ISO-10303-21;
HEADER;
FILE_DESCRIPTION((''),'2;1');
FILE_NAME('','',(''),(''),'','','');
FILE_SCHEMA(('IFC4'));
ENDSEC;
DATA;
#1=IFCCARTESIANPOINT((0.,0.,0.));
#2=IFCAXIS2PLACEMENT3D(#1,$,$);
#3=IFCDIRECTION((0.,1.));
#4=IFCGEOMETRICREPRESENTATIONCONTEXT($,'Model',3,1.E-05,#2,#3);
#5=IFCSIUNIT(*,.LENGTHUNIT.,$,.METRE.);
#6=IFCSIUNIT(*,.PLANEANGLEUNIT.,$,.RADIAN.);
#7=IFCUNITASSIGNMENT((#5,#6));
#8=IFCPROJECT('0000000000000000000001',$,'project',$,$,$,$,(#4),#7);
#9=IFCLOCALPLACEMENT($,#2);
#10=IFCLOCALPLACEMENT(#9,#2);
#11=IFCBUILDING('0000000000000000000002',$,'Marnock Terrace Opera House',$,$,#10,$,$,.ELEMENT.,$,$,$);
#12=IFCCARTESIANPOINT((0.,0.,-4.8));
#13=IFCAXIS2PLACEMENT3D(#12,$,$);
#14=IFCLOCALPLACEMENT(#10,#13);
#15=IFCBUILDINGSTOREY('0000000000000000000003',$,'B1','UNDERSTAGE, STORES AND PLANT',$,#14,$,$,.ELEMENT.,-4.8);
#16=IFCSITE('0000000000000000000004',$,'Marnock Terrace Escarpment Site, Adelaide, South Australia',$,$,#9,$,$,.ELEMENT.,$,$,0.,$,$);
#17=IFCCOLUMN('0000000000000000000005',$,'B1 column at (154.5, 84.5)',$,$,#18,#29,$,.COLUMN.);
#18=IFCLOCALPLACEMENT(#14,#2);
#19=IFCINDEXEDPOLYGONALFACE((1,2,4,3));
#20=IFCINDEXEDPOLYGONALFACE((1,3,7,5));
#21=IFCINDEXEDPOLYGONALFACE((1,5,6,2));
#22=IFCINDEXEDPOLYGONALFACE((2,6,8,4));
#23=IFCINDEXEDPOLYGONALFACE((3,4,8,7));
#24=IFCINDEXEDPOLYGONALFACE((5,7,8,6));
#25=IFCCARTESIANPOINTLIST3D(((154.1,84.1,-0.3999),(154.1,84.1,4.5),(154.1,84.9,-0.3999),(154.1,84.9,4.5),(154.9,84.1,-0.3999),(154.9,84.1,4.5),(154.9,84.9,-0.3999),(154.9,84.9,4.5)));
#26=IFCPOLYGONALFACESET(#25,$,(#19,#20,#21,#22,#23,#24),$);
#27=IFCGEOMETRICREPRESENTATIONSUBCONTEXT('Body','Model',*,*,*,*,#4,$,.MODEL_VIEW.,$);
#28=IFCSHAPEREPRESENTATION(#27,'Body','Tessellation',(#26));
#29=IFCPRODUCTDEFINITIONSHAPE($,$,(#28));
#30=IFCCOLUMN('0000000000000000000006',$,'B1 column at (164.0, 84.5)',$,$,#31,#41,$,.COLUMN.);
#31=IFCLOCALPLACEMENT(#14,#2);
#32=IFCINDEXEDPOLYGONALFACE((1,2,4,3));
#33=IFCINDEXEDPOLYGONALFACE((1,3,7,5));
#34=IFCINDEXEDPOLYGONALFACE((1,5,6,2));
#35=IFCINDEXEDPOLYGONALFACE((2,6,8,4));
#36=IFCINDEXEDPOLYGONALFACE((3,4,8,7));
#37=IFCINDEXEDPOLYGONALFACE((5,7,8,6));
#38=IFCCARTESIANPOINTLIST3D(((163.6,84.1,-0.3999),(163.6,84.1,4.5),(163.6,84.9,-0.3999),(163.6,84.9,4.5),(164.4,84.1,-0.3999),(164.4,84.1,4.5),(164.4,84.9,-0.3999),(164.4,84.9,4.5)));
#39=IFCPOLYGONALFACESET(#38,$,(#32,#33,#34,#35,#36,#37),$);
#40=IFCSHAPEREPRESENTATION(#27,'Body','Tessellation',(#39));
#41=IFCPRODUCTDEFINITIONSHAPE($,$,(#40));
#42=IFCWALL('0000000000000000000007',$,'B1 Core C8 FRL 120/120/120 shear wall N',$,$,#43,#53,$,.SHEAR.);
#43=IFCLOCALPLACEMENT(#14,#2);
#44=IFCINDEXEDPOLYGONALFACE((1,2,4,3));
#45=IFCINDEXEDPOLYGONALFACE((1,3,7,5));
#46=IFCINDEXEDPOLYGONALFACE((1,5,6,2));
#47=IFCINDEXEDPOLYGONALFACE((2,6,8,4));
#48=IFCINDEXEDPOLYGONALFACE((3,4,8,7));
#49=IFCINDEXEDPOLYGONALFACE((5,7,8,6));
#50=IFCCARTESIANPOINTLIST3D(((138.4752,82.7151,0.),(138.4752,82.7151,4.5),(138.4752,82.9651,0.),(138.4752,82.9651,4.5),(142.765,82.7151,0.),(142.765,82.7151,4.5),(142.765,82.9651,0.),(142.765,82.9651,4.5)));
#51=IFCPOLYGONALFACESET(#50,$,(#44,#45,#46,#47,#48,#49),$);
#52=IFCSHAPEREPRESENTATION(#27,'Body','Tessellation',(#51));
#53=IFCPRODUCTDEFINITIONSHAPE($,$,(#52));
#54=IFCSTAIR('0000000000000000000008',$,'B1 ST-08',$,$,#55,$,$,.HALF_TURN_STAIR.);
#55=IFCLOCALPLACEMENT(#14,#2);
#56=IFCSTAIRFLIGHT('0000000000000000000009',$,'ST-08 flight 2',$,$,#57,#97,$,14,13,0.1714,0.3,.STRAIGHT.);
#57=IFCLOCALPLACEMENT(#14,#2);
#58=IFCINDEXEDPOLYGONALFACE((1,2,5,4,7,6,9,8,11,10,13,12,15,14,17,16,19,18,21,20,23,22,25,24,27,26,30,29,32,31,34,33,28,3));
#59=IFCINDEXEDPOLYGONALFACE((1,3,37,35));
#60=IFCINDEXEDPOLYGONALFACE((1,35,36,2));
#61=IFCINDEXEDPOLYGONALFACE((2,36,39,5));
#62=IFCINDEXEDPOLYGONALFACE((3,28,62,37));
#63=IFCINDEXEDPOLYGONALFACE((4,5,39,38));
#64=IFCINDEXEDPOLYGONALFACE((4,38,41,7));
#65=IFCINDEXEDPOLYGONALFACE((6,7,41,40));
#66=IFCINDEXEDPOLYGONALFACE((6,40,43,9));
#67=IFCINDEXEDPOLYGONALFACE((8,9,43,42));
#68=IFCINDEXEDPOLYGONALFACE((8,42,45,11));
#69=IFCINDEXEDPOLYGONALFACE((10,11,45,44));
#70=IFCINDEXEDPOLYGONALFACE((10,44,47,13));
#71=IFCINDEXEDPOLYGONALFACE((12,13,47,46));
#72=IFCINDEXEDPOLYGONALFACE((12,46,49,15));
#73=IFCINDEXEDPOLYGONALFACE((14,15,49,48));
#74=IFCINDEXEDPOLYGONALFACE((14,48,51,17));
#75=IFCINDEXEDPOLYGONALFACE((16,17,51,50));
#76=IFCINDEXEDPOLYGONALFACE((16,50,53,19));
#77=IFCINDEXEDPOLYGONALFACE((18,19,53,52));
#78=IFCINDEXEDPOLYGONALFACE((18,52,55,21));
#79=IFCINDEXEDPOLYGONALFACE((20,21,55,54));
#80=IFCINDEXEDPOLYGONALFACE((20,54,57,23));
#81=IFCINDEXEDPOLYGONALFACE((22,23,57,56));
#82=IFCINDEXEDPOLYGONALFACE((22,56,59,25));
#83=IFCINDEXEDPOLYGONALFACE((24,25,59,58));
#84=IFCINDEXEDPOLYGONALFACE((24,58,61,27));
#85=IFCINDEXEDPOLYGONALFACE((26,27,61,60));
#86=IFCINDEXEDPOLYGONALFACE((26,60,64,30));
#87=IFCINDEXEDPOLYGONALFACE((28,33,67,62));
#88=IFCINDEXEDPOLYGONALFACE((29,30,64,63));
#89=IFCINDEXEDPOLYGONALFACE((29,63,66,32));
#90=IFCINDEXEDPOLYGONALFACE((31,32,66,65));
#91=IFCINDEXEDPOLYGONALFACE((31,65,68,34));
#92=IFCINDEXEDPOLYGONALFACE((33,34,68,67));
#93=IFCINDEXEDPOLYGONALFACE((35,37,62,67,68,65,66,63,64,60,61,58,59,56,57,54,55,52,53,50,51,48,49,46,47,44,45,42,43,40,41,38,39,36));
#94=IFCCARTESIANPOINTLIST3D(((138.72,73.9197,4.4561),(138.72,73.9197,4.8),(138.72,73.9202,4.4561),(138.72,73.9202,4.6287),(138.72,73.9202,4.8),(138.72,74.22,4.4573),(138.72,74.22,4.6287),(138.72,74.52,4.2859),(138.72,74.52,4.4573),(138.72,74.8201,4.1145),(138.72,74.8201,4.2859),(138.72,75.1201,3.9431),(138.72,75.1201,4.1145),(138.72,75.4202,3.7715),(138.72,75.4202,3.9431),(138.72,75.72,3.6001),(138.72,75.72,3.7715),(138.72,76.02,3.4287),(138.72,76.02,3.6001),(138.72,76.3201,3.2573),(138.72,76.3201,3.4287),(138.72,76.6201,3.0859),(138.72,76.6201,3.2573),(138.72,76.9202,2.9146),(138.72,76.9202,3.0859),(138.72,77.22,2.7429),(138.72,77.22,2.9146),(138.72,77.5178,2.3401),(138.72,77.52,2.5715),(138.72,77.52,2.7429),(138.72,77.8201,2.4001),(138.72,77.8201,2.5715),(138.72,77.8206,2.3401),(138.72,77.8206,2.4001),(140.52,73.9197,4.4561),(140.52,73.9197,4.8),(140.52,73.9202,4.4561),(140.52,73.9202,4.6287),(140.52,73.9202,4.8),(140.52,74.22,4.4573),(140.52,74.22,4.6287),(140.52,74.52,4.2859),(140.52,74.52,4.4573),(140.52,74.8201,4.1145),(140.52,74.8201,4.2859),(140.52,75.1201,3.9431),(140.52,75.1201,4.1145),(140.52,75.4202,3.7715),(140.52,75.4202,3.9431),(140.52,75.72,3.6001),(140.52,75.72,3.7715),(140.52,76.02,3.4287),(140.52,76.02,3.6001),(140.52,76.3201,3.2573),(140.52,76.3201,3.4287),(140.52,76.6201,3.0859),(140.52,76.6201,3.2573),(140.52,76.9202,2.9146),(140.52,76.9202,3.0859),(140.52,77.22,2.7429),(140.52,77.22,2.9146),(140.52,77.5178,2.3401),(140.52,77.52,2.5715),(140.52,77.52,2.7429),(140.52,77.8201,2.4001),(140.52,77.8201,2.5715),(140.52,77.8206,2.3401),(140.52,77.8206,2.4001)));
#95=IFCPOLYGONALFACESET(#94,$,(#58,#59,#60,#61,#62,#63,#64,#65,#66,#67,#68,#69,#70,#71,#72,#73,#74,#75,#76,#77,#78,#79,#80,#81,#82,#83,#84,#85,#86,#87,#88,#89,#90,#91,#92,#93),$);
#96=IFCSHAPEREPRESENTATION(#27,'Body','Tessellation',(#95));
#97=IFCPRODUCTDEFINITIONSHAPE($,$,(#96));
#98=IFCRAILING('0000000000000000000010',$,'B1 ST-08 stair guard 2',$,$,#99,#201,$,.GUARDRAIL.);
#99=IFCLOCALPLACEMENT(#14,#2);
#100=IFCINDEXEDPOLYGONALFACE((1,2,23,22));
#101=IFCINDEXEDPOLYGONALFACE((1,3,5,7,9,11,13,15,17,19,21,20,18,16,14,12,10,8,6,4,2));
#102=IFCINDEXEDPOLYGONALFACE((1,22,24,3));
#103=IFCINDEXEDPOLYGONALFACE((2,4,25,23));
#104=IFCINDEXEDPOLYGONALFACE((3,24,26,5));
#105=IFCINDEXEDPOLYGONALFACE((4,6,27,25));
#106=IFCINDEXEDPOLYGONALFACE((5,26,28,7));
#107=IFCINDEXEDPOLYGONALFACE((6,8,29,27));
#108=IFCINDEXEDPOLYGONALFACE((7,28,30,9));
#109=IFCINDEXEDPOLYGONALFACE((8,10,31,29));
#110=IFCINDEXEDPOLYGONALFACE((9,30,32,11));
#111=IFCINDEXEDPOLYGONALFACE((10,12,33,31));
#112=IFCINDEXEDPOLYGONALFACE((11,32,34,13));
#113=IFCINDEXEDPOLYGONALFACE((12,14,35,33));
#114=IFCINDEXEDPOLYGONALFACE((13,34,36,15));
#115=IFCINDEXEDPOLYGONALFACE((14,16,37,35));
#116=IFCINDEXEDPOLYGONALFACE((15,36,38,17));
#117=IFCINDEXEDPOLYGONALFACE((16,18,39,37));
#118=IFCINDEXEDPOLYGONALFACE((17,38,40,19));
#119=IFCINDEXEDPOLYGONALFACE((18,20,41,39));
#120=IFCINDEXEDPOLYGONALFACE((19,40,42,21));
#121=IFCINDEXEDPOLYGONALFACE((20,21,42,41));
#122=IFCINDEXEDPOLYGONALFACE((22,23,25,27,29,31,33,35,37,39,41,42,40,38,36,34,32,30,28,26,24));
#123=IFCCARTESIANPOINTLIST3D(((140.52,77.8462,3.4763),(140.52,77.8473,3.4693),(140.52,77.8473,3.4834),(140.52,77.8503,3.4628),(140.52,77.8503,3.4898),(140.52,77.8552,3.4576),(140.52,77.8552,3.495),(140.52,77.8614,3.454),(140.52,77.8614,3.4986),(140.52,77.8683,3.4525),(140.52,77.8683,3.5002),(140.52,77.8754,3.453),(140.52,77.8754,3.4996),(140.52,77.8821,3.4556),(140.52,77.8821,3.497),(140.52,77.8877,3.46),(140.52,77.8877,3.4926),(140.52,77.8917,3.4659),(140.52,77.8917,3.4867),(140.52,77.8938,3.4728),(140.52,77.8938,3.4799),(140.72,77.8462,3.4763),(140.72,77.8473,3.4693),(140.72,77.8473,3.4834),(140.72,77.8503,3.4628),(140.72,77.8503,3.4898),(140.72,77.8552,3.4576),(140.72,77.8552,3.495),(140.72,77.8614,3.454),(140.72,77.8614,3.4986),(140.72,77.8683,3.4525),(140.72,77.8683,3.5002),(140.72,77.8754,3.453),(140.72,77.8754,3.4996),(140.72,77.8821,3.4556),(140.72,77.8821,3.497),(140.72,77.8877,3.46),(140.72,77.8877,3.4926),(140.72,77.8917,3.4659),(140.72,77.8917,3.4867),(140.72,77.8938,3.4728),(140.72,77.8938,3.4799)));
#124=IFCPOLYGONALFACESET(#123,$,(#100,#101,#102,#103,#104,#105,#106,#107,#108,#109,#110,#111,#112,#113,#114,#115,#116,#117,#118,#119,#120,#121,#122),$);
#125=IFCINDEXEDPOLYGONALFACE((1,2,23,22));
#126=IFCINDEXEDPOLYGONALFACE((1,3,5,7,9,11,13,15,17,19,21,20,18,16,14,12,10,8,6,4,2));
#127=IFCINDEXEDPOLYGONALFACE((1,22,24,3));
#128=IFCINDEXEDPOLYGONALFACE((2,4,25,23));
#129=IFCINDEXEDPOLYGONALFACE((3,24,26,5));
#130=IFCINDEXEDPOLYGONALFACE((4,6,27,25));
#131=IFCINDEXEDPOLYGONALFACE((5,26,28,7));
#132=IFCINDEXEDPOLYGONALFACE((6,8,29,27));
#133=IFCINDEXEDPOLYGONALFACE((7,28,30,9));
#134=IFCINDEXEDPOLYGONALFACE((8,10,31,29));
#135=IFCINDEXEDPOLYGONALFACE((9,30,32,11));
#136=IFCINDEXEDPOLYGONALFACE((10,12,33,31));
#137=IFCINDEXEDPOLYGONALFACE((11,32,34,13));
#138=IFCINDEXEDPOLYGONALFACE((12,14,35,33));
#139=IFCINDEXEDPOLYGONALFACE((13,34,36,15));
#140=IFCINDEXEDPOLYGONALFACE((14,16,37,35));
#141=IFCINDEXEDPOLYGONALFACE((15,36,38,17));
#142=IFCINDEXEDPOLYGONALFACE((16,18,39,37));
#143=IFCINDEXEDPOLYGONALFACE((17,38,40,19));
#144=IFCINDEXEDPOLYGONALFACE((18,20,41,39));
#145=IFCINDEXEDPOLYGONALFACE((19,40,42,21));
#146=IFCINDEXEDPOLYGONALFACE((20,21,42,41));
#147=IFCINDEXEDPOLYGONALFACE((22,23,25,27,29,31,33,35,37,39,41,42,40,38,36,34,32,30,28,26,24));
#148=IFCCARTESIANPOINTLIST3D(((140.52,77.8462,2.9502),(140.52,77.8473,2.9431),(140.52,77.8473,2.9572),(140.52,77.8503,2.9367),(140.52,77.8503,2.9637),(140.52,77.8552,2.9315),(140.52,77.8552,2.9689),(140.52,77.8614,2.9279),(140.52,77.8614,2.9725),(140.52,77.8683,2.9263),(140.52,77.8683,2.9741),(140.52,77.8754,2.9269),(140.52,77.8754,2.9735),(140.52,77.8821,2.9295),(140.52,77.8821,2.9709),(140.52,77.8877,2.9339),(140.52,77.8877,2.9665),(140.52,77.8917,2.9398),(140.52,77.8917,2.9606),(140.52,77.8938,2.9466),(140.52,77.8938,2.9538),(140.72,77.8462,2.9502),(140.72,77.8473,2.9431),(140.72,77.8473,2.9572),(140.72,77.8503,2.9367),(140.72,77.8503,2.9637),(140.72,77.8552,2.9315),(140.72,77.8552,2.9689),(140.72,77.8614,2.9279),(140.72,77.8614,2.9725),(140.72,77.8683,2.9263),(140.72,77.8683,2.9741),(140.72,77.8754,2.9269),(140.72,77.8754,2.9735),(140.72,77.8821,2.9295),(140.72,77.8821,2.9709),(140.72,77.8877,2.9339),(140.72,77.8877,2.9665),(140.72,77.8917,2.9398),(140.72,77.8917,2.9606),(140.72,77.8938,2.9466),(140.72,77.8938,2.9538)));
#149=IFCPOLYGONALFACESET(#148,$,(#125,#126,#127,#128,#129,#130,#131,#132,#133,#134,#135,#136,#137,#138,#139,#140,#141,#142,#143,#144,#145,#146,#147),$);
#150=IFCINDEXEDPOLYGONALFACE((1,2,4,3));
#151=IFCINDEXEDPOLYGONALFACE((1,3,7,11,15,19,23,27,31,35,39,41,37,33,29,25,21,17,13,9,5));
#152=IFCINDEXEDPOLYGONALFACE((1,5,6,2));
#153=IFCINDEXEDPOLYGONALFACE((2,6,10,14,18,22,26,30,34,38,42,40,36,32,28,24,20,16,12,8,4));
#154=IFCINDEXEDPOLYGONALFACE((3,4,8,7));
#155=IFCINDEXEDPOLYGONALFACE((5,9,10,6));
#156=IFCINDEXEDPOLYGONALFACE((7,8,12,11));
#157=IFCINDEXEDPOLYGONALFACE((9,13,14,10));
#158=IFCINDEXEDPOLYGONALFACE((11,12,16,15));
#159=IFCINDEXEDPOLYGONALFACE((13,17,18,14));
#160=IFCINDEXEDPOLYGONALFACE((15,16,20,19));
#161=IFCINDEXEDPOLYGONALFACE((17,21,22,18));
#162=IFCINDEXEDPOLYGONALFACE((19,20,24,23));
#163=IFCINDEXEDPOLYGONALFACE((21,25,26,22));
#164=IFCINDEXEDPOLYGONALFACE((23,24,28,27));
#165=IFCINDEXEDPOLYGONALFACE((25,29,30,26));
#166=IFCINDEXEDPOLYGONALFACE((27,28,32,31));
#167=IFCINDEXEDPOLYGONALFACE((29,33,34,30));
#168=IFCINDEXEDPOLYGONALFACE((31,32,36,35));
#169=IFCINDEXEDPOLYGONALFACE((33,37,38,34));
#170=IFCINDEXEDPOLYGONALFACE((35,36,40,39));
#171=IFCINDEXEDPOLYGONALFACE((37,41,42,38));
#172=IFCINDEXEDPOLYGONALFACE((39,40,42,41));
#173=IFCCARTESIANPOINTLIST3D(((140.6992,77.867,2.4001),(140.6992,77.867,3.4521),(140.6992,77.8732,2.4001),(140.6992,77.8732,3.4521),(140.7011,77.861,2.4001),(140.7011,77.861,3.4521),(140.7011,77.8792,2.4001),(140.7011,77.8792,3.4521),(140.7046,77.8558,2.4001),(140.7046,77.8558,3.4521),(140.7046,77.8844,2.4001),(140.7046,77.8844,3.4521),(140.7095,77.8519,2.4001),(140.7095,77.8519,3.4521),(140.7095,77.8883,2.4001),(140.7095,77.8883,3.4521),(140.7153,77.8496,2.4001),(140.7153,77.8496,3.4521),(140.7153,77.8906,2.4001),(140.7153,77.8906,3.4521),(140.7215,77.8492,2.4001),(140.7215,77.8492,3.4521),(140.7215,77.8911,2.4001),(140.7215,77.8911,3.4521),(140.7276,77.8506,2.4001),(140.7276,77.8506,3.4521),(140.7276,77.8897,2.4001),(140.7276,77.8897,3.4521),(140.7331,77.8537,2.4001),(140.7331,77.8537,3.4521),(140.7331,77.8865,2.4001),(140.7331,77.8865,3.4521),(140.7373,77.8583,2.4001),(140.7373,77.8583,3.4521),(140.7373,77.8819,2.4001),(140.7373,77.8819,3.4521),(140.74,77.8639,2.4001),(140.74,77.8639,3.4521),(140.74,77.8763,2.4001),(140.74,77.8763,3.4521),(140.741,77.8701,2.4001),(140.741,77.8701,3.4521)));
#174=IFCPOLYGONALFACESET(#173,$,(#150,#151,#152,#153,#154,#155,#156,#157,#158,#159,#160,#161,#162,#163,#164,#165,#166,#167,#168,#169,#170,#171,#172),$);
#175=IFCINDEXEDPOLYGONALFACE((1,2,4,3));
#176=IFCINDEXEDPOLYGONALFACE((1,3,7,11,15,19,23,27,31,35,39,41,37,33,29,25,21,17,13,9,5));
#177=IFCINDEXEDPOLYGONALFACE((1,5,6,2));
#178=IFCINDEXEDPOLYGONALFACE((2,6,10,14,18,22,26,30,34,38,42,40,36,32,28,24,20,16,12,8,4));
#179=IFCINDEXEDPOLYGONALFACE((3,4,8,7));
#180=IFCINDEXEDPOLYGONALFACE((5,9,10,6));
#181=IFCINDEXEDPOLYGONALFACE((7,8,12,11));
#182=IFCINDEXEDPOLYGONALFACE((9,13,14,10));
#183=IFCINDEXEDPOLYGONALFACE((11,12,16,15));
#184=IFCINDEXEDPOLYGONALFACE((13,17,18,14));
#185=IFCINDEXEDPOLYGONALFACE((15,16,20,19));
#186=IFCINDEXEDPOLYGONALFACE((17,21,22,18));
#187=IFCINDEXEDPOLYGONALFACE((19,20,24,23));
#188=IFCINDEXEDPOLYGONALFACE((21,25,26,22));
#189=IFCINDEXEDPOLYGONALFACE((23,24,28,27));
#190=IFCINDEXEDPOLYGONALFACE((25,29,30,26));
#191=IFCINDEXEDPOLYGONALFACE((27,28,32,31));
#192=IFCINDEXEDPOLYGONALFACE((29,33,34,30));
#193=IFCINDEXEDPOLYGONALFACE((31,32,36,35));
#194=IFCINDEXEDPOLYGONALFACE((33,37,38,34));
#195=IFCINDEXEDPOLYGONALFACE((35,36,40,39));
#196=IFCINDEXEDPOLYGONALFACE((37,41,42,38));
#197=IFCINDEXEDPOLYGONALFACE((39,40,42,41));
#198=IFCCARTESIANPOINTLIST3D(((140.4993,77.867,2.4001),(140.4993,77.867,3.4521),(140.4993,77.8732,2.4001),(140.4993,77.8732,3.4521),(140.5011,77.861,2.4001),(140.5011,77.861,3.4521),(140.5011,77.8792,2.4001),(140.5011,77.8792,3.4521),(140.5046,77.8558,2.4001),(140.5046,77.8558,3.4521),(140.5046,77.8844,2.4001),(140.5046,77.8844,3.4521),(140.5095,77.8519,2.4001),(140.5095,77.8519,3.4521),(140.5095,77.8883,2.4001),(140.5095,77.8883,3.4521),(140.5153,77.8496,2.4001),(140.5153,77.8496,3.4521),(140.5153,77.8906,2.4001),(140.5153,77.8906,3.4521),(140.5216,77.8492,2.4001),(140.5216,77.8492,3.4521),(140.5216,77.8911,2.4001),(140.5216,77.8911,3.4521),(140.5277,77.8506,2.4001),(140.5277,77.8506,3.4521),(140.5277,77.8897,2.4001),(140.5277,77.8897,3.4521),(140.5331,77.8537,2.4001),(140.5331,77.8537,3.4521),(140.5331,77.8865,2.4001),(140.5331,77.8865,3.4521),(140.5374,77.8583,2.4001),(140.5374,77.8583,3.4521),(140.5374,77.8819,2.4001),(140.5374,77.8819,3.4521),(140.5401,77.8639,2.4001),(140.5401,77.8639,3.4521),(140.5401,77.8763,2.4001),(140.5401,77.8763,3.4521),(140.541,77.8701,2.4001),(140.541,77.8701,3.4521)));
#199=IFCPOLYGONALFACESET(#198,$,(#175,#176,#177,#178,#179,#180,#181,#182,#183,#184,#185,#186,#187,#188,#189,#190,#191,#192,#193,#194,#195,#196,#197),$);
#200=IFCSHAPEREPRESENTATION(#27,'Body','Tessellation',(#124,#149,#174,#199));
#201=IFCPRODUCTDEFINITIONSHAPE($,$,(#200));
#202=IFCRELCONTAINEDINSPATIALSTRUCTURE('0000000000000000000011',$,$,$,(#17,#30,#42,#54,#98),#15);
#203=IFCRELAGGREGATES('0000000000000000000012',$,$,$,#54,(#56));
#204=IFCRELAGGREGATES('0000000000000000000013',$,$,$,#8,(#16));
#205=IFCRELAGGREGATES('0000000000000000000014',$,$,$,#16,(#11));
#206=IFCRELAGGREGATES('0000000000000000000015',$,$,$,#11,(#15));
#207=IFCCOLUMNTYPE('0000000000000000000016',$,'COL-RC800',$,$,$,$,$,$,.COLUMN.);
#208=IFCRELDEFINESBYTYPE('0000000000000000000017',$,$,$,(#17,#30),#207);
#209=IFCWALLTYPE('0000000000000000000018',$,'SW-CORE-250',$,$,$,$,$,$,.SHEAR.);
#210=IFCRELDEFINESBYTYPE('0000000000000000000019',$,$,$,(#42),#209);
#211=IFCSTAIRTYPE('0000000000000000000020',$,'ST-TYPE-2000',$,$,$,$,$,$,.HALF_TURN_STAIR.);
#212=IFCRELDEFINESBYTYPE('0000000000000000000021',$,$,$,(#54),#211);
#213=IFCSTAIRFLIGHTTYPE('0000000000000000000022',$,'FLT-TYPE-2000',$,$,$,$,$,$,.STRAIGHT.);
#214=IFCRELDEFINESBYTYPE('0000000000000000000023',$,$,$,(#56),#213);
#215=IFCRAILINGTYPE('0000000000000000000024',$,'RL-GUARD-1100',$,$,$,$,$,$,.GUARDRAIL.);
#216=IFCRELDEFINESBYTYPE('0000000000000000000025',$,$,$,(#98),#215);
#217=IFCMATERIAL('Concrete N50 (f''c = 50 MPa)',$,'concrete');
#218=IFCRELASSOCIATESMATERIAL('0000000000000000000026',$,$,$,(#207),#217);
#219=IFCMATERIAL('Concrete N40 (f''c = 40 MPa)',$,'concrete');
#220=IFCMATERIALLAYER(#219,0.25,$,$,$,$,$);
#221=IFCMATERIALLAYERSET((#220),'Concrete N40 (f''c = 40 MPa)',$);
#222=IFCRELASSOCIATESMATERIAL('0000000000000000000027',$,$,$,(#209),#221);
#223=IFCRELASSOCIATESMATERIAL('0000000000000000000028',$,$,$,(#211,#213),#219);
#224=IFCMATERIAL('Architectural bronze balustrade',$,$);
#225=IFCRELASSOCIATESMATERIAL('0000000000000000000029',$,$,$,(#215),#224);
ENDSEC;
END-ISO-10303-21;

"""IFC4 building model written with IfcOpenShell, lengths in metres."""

from ifc_helpers import new_model, si_unit, direction, frame, frame_2d, origin, origin_2d, place, context, subcontext, project, spatial, polyline, rectangle, circle, outline, extrude, material, layer, layer_set, material_profile, profile_set, type_object, element, aggregate, save


model = new_model("IFC4")

# Units and contexts
model_context = context("Model", 3, precision=1e-05, world=origin(), true_north=direction((0.0, 1.0)))
body_context = subcontext(model_context, "Body", "Model", "MODEL_VIEW")
ifc_project = project(units=[si_unit("LENGTHUNIT", "METRE"), si_unit("PLANEANGLEUNIT", "RADIAN")], contexts=[model_context])

# Site, building, storey
site_placement = place(None, origin())
site = spatial("IfcSite", under=ifc_project, at=site_placement, Name="Marnock Terrace Escarpment Site, Adelaide, South Australia", CompositionType="ELEMENT", RefElevation=0.0)
building_placement = place(site_placement, origin())
building = spatial("IfcBuilding", under=site, at=building_placement, Name="Marnock Terrace Opera House", CompositionType="ELEMENT")
storey_placement = place(building_placement, frame((0.0, 0.0, -4.8)))
storey = spatial("IfcBuildingStorey", under=building, at=storey_placement, Name="B1", Description="UNDERSTAGE, STORES AND PLANT", CompositionType="ELEMENT", Elevation=-4.8)

# Shared definitions
ifc_material_1 = material(Name="Concrete N40 (f'c = 40 MPa)", Category="concrete")

# Columns
ifc_material_2 = material(Name="Concrete N50 (f'c = 50 MPa)", Category="concrete")
ifc_material_profile_1 = material_profile(ifc_material_2, rectangle(XDim=0.8, YDim=0.8, at=origin_2d()))
ifc_profile_set_1 = profile_set([ifc_material_profile_1], Name="Concrete N50 (f'c = 50 MPa)")
column_type = type_object("IfcColumnType", Name="COL-RC800", PredefinedType="COLUMN", material=ifc_profile_set_1)
for number, where, z_axis, x_axis, name in (
    (1, (154.5, 84.5, -0.3999), (0.0, 0.0, 1.0), (1.0, 0.0, 0.0), "B1 column at (154.5, 84.5)"),
    (2, (164.0, 84.5, -0.3999), (0.0, 0.0, 1.0), (1.0, 0.0, 0.0), "B1 column at (164.0, 84.5)"),
):
    element("IfcColumn", number, at=place(storey_placement, frame(where, z_axis=z_axis, x_axis=x_axis)), inside=storey, type_object=column_type, Name=name, PredefinedType="COLUMN", context=body_context, shape_type="SweptSolid", body=[
        extrude(rectangle(XDim=0.8, YDim=0.8, at=origin_2d()), origin(), (0.0, 0.0, 1.0), 4.8999),
    ])

# Wall
ifc_layer_1 = layer(ifc_material_1, 0.25)
ifc_layer_set_1 = layer_set([ifc_layer_1], Name="Concrete N40 (f'c = 40 MPa)")
wall_type = type_object("IfcWallType", Name="SW-CORE-250", PredefinedType="SHEAR", material=ifc_layer_set_1)
wall_placement = place(storey_placement, frame((138.4751, 82.8401, 0.0), z_axis=(0.0, 0.0, 1.0), x_axis=(1.0, 0.0, 0.0)))
element("IfcWall", 3, at=wall_placement, inside=storey, type_object=wall_type, Name="B1 Core C8 FRL 120/120/120 shear wall N", PredefinedType="SHEAR", context=body_context, shape_type="SweptSolid", body=[
    extrude(rectangle(XDim=4.2898, YDim=0.25, at=frame_2d((2.145, 0.0))), origin(), (0.0, 0.0, 1.0), 4.5),
])

# Stair, stair flight
stair_type = type_object("IfcStairType", Name="ST-TYPE-2000", PredefinedType="HALF_TURN_STAIR", material=ifc_material_1)
stair_placement = place(storey_placement, origin())
stair = element("IfcStair", 4, at=stair_placement, inside=storey, type_object=stair_type, Name="B1 ST-08", PredefinedType="HALF_TURN_STAIR")
stair_flight_type = type_object("IfcStairFlightType", Name="FLT-TYPE-2000", PredefinedType="STRAIGHT", material=ifc_material_1)
stair_flight_placement = place(storey_placement, frame((139.6201, 77.8201, 2.4001), z_axis=(0.0, 0.0, 1.0), x_axis=(0.0, -1.0, 0.0)))
stair_flight = element("IfcStairFlight", 5, at=stair_flight_placement, type_object=stair_flight_type, Name="ST-08 flight 2", NumberOfRisers=14, NumberOfTreads=13, PredefinedType="STRAIGHT", RiserHeight=0.1714, TreadLength=0.3, context=body_context, shape_type="SweptSolid", body=[
    extrude(outline(polyline([(-0.0005, -0.0601), (-0.0005, 0.0), (0.0, 0.0), (0.0, 0.1714), (0.3, 0.1714), (0.3, 0.3428), (0.6001, 0.3428), (0.6001, 0.5144), (0.8999, 0.5144), (0.8999, 0.6858), (1.2, 0.6858), (1.2, 0.8572), (1.5, 0.8572), (1.5, 1.0286), (1.8, 1.0286), (1.8, 1.2), (2.1001, 1.2), (2.1001, 1.3713), (2.3999, 1.3713), (2.3999, 1.543), (2.7, 1.543), (2.7, 1.7144), (3.0, 1.7144), (3.0, 1.8857), (3.3, 1.8857), (3.3, 2.0571), (3.6001, 2.0571), (3.6001, 2.2285), (3.8999, 2.2285), (3.8999, 2.3999), (3.9004, 2.3999), (3.9004, 2.0559), (3.8999, 2.0559), (0.3022, -0.0601), (-0.0005, -0.0601)])), frame((0.0, 0.8999, 0.0), z_axis=(0.0, -1.0, 0.0), x_axis=(1.0, 0.0, 0.0)), (0.0, 0.0, 1.0), 1.8),
])
aggregate(stair, [stair_flight])

# Railing
ifc_material_3 = material(Name="Architectural bronze balustrade")
railing_type_1 = type_object("IfcRailingType", Name="RL-GUARD-1100", PredefinedType="GUARDRAIL", material=ifc_material_3)
railing_1_placement = place(storey_placement, frame((140.72, 77.8701, 2.4001)))
element("IfcRailing", 6, at=railing_1_placement, inside=storey, type_object=railing_type_1, Name="B1 ST-08 stair guard 2", PredefinedType="GUARDRAIL", context=body_context, shape_type="SweptSolid", body=[
    extrude(circle(Radius=0.0239, at=origin_2d()), frame((0.0, 0.0, 1.0762), z_axis=(-1.0, 0.0, 0.0), x_axis=(0.0, -1.0, 0.0)), (0.0, 0.0, 1.0), 0.2),
    extrude(circle(Radius=0.0239, at=origin_2d()), frame((0.0, 0.0, 0.55), z_axis=(-1.0, 0.0, 0.0), x_axis=(0.0, -1.0, 0.0)), (0.0, 0.0, 1.0), 0.2),
    extrude(circle(Radius=0.021, at=origin_2d()), origin(), (0.0, 0.0, 1.0), 1.052),
    extrude(circle(Radius=0.021, at=origin_2d()), frame((-0.2, 0.0, 0.0)), (0.0, 0.0, 1.0), 1.052),
])

save(model, "model.ifc")
